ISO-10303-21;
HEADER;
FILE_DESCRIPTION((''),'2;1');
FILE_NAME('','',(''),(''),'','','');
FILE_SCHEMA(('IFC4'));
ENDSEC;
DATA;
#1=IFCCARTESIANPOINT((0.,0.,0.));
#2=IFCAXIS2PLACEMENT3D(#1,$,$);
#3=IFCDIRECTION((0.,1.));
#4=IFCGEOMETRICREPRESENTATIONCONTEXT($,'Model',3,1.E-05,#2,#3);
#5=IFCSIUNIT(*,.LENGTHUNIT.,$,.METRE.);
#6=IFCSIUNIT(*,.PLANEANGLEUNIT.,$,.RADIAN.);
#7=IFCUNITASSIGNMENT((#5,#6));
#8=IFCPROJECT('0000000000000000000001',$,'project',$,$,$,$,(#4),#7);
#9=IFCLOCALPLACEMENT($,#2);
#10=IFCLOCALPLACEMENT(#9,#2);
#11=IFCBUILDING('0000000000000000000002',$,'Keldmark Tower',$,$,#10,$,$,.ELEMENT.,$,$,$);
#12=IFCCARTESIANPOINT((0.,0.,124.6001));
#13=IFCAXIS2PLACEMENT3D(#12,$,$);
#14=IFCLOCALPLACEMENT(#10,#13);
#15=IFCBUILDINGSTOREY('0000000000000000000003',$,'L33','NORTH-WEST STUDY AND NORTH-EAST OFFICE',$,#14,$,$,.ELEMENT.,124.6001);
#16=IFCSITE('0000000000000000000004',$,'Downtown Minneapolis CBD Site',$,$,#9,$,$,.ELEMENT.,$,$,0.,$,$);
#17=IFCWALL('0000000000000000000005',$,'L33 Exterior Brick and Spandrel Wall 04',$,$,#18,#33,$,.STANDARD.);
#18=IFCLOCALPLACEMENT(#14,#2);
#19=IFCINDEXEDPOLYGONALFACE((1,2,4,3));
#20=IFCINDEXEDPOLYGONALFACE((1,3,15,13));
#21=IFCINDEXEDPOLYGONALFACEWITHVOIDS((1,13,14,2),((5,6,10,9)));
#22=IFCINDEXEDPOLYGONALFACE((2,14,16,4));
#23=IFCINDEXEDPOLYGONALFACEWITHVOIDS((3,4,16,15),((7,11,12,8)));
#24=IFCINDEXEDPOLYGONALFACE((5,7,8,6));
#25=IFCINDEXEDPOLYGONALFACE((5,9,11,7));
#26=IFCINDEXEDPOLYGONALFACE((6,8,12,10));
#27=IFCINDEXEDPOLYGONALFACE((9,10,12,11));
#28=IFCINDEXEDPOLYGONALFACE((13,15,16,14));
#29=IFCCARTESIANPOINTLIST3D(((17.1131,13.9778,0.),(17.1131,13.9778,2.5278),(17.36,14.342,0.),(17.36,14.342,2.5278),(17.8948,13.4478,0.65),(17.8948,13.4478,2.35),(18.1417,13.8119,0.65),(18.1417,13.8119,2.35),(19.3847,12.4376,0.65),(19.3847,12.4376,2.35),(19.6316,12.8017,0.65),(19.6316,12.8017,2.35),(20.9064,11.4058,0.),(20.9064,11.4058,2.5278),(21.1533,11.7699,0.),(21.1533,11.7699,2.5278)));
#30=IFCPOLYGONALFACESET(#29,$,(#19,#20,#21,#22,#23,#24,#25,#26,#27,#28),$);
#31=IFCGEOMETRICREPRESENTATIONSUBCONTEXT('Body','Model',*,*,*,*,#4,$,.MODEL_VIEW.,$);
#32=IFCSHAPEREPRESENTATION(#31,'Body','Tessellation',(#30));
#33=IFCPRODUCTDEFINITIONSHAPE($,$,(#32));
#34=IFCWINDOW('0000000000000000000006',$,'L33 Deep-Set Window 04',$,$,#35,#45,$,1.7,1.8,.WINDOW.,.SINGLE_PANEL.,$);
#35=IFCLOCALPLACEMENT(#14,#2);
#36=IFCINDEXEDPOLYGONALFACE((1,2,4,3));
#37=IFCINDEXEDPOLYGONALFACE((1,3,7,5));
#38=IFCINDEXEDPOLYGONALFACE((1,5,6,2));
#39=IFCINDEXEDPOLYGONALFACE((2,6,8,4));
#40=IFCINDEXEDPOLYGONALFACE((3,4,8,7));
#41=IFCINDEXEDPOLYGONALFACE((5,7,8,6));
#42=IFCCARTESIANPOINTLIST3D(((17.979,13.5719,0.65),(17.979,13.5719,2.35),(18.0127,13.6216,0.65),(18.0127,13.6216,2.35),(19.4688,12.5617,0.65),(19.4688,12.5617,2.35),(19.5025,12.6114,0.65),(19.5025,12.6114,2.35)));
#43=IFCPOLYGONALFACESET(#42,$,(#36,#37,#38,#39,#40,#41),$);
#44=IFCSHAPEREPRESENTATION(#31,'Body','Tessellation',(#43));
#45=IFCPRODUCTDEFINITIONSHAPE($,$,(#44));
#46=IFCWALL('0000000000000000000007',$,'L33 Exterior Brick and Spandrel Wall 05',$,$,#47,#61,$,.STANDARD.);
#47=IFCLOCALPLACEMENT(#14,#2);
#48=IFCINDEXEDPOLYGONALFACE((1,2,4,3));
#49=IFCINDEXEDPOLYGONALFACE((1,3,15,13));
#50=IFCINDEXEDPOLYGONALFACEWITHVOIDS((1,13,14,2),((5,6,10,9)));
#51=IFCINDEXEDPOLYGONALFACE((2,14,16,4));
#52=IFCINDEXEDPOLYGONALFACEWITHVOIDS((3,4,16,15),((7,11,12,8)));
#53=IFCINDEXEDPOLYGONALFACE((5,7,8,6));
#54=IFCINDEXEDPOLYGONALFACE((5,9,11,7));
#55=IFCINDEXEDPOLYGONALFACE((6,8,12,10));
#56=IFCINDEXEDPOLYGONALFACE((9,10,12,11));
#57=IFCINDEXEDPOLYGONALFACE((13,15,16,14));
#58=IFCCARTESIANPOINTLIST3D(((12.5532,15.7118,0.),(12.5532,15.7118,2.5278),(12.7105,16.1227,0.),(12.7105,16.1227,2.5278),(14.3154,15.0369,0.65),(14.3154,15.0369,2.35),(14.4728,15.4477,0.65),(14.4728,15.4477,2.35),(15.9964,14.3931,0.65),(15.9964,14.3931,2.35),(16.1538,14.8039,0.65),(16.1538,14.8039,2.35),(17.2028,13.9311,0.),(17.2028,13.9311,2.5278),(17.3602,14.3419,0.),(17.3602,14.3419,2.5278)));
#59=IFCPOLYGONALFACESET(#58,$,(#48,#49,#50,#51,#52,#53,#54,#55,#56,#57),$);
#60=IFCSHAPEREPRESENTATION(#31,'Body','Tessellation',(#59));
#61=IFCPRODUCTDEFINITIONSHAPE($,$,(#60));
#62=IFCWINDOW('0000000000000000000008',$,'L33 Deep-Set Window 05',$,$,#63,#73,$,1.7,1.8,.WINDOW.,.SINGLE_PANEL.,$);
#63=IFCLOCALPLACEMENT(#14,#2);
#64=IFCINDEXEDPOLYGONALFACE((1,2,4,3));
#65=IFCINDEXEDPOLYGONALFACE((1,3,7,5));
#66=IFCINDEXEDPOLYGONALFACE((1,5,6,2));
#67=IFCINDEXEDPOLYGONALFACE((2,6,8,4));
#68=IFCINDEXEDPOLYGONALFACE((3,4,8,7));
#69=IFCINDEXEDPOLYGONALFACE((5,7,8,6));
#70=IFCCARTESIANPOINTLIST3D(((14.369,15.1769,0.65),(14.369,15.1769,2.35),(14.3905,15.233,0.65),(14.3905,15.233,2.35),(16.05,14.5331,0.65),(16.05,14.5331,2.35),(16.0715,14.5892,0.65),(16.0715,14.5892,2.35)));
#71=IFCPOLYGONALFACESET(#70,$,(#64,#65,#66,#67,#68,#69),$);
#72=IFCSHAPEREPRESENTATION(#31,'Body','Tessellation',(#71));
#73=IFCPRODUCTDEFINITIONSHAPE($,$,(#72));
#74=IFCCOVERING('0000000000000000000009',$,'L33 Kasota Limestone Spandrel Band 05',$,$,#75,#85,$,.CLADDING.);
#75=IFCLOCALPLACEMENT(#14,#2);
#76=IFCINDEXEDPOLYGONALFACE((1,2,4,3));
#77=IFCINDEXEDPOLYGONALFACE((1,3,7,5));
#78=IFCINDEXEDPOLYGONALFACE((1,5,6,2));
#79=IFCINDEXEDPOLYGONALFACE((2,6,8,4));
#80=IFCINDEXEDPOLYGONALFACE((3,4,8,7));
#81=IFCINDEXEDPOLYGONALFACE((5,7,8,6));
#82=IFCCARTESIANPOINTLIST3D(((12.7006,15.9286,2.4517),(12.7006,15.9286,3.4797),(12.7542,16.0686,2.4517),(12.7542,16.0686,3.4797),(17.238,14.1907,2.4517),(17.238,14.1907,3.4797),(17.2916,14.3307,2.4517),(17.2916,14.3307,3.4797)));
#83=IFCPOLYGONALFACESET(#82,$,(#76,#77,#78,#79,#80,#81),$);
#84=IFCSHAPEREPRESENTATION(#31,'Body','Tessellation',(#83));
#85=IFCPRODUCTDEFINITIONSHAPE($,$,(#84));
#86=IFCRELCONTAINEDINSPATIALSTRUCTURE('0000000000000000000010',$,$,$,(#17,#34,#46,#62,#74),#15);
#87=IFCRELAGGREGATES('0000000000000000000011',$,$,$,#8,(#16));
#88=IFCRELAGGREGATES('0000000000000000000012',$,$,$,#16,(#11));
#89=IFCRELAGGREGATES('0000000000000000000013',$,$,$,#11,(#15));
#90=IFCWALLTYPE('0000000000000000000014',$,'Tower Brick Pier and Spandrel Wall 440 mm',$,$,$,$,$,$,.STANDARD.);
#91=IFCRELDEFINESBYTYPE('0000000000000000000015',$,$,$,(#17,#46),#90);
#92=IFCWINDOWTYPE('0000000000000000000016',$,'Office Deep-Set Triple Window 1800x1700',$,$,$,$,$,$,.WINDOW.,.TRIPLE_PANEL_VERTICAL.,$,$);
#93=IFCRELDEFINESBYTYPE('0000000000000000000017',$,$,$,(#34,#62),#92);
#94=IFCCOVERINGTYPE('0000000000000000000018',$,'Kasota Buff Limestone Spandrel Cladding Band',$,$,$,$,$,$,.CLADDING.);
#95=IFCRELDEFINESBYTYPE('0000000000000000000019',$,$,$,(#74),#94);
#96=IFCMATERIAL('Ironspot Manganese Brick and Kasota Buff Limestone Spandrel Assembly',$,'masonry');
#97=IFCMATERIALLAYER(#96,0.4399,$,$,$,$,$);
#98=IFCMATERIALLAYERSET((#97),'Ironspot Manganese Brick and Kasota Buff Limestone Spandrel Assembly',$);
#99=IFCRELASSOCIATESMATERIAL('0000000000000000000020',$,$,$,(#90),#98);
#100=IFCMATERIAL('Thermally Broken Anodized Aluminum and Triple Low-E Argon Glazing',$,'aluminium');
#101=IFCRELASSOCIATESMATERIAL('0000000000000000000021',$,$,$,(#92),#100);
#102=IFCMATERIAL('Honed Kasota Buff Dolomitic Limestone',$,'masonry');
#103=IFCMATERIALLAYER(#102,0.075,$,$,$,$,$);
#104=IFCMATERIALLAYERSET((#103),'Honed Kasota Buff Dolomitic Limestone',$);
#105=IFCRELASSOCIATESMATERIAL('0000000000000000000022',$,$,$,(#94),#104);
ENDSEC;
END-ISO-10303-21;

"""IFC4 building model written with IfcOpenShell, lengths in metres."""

from ifc_helpers import new_model, si_unit, direction, frame, frame_2d, origin, origin_2d, place, context, subcontext, project, spatial, rectangle, extrude, material, layer, layer_set, type_object, element, fill, save


model = new_model("IFC4")

# Units and contexts
model_context = context("Model", 3, precision=1e-05, world=origin(), true_north=direction((0.0, 1.0)))
body_context = subcontext(model_context, "Body", "Model", "MODEL_VIEW")
ifc_project = project(units=[si_unit("LENGTHUNIT", "METRE"), si_unit("PLANEANGLEUNIT", "RADIAN")], contexts=[model_context])

# Site, building, storey
site_placement = place(None, origin())
site = spatial("IfcSite", under=ifc_project, at=site_placement, Name="Downtown Minneapolis CBD Site", CompositionType="ELEMENT", RefElevation=0.0)
building_placement = place(site_placement, origin())
building = spatial("IfcBuilding", under=site, at=building_placement, Name="Keldmark Tower", CompositionType="ELEMENT")
storey_placement = place(building_placement, frame((0.0, 0.0, 124.6001)))
storey = spatial("IfcBuildingStorey", under=building, at=storey_placement, Name="L33", Description="NORTH-WEST STUDY AND NORTH-EAST OFFICE", CompositionType="ELEMENT", Elevation=124.6001)

# Walls, openings, windows
ifc_material_1 = material(Name="Ironspot Manganese Brick and Kasota Buff Limestone Spandrel Assembly", Category="masonry")
ifc_layer_1 = layer(ifc_material_1, 0.4399)
ifc_layer_set_1 = layer_set([ifc_layer_1], Name="Ironspot Manganese Brick and Kasota Buff Limestone Spandrel Assembly")
wall_type = type_object("IfcWallType", Name="Tower Brick Pier and Spandrel Wall 440 mm", PredefinedType="STANDARD", material=ifc_layer_set_1)
ifc_material_2 = material(Name="Thermally Broken Anodized Aluminum and Triple Low-E Argon Glazing", Category="aluminium")
window_type_1 = type_object("IfcWindowType", Name="Office Deep-Set Triple Window 1800x1700", PartitioningType="TRIPLE_PANEL_VERTICAL", PredefinedType="WINDOW", material=ifc_material_2)
wall_1_placement = place(storey_placement, frame((17.2366, 14.1599, 0.0), z_axis=(0.0, 0.0, 1.0), x_axis=(0.827673, -0.561211, 0.0)))
wall_1 = element("IfcWall", 1, at=wall_1_placement, inside=storey, type_object=wall_type, Name="L33 Exterior Brick and Spandrel Wall 04", PredefinedType="STANDARD", context=body_context, shape_type="SweptSolid", body=[
    extrude(rectangle(XDim=4.583, YDim=0.4399, at=frame_2d((2.2915, 0.0))), origin(), (0.0, 0.0, 1.0), 2.5278),
])
opening_1_placement = place(wall_1_placement, frame((0.9446, 0.0, 0.6499)))
opening_1 = element("IfcOpeningElement", 2, at=opening_1_placement, cuts=wall_1, PredefinedType="OPENING", context=body_context, shape_type="SweptSolid", body=[
    extrude(rectangle(XDim=1.8, YDim=1.7, at=frame_2d((0.8999, 0.8501))), frame((0.0, 0.23, 0.0), z_axis=(0.0, -1.0, 0.0), x_axis=(1.0, 0.0, 0.0)), (0.0, 0.0, 1.0), 0.46),
])
window_1_placement = place(opening_1_placement, origin())
window_1 = element("IfcWindow", 3, at=window_1_placement, inside=storey, type_object=window_type_1, Name="L33 Deep-Set Window 04", OverallHeight=1.7, OverallWidth=1.8, PartitioningType="SINGLE_PANEL", PredefinedType="WINDOW", context=body_context, shape_type="SweptSolid", body=[
    extrude(rectangle(XDim=1.8, YDim=1.7, at=frame_2d((0.8999, 0.8501))), frame((0.0, -0.01, 0.0), z_axis=(0.0, -1.0, 0.0), x_axis=(1.0, 0.0, 0.0)), (0.0, 0.0, 1.0), 0.0601),
])
fill(opening_1, window_1)
wall_2_placement = place(storey_placement, frame((12.6318, 15.9172, 0.0), z_axis=(0.0, 0.0, 1.0), x_axis=(0.933854, -0.357655, 0.0)))
wall_2 = element("IfcWall", 4, at=wall_2_placement, inside=storey, type_object=wall_type, Name="L33 Exterior Brick and Spandrel Wall 05", PredefinedType="STANDARD", context=body_context, shape_type="SweptSolid", body=[
    extrude(rectangle(XDim=4.979, YDim=0.4399, at=frame_2d((2.4895, 0.0))), origin(), (0.0, 0.0, 1.0), 2.5278),
])
opening_2_placement = place(wall_2_placement, frame((1.8872, 0.0, 0.6499)))
opening_2 = element("IfcOpeningElement", 5, at=opening_2_placement, cuts=wall_2, PredefinedType="OPENING", context=body_context, shape_type="SweptSolid", body=[
    extrude(rectangle(XDim=1.8, YDim=1.7, at=frame_2d((0.8999, 0.8501))), frame((0.0, 0.23, 0.0), z_axis=(0.0, -1.0, 0.0), x_axis=(1.0, 0.0, 0.0)), (0.0, 0.0, 1.0), 0.46),
])
window_2_placement = place(opening_2_placement, origin())
window_2 = element("IfcWindow", 6, at=window_2_placement, inside=storey, type_object=window_type_1, Name="L33 Deep-Set Window 05", OverallHeight=1.7, OverallWidth=1.8, PartitioningType="SINGLE_PANEL", PredefinedType="WINDOW", context=body_context, shape_type="SweptSolid", body=[
    extrude(rectangle(XDim=1.8, YDim=1.7, at=frame_2d((0.8999, 0.8501))), frame((0.0, -0.01, 0.0), z_axis=(0.0, -1.0, 0.0), x_axis=(1.0, 0.0, 0.0)), (0.0, 0.0, 1.0), 0.0601),
])
fill(opening_2, window_2)

# Covering
ifc_material_3 = material(Name="Honed Kasota Buff Dolomitic Limestone", Category="masonry")
ifc_layer_2 = layer(ifc_material_3, 0.075)
ifc_layer_set_2 = layer_set([ifc_layer_2], Name="Honed Kasota Buff Dolomitic Limestone")
covering_type = type_object("IfcCoveringType", Name="Kasota Buff Limestone Spandrel Cladding Band", PredefinedType="CLADDING", material=ifc_layer_set_2)
covering_placement = place(storey_placement, frame((14.9961, 15.1296, 2.4517), z_axis=(0.0, 0.0, 1.0), x_axis=(-0.933849, 0.357667, 0.0)))
element("IfcCovering", 7, at=covering_placement, inside=storey, type_object=covering_type, Name="L33 Kasota Limestone Spandrel Band 05", PredefinedType="CLADDING", context=body_context, shape_type="SweptSolid", body=[
    extrude(rectangle(XDim=4.8589, YDim=0.1499, at=origin_2d()), origin(), (0.0, 0.0, 1.0), 1.0281),
])

save(model, "model.ifc")
